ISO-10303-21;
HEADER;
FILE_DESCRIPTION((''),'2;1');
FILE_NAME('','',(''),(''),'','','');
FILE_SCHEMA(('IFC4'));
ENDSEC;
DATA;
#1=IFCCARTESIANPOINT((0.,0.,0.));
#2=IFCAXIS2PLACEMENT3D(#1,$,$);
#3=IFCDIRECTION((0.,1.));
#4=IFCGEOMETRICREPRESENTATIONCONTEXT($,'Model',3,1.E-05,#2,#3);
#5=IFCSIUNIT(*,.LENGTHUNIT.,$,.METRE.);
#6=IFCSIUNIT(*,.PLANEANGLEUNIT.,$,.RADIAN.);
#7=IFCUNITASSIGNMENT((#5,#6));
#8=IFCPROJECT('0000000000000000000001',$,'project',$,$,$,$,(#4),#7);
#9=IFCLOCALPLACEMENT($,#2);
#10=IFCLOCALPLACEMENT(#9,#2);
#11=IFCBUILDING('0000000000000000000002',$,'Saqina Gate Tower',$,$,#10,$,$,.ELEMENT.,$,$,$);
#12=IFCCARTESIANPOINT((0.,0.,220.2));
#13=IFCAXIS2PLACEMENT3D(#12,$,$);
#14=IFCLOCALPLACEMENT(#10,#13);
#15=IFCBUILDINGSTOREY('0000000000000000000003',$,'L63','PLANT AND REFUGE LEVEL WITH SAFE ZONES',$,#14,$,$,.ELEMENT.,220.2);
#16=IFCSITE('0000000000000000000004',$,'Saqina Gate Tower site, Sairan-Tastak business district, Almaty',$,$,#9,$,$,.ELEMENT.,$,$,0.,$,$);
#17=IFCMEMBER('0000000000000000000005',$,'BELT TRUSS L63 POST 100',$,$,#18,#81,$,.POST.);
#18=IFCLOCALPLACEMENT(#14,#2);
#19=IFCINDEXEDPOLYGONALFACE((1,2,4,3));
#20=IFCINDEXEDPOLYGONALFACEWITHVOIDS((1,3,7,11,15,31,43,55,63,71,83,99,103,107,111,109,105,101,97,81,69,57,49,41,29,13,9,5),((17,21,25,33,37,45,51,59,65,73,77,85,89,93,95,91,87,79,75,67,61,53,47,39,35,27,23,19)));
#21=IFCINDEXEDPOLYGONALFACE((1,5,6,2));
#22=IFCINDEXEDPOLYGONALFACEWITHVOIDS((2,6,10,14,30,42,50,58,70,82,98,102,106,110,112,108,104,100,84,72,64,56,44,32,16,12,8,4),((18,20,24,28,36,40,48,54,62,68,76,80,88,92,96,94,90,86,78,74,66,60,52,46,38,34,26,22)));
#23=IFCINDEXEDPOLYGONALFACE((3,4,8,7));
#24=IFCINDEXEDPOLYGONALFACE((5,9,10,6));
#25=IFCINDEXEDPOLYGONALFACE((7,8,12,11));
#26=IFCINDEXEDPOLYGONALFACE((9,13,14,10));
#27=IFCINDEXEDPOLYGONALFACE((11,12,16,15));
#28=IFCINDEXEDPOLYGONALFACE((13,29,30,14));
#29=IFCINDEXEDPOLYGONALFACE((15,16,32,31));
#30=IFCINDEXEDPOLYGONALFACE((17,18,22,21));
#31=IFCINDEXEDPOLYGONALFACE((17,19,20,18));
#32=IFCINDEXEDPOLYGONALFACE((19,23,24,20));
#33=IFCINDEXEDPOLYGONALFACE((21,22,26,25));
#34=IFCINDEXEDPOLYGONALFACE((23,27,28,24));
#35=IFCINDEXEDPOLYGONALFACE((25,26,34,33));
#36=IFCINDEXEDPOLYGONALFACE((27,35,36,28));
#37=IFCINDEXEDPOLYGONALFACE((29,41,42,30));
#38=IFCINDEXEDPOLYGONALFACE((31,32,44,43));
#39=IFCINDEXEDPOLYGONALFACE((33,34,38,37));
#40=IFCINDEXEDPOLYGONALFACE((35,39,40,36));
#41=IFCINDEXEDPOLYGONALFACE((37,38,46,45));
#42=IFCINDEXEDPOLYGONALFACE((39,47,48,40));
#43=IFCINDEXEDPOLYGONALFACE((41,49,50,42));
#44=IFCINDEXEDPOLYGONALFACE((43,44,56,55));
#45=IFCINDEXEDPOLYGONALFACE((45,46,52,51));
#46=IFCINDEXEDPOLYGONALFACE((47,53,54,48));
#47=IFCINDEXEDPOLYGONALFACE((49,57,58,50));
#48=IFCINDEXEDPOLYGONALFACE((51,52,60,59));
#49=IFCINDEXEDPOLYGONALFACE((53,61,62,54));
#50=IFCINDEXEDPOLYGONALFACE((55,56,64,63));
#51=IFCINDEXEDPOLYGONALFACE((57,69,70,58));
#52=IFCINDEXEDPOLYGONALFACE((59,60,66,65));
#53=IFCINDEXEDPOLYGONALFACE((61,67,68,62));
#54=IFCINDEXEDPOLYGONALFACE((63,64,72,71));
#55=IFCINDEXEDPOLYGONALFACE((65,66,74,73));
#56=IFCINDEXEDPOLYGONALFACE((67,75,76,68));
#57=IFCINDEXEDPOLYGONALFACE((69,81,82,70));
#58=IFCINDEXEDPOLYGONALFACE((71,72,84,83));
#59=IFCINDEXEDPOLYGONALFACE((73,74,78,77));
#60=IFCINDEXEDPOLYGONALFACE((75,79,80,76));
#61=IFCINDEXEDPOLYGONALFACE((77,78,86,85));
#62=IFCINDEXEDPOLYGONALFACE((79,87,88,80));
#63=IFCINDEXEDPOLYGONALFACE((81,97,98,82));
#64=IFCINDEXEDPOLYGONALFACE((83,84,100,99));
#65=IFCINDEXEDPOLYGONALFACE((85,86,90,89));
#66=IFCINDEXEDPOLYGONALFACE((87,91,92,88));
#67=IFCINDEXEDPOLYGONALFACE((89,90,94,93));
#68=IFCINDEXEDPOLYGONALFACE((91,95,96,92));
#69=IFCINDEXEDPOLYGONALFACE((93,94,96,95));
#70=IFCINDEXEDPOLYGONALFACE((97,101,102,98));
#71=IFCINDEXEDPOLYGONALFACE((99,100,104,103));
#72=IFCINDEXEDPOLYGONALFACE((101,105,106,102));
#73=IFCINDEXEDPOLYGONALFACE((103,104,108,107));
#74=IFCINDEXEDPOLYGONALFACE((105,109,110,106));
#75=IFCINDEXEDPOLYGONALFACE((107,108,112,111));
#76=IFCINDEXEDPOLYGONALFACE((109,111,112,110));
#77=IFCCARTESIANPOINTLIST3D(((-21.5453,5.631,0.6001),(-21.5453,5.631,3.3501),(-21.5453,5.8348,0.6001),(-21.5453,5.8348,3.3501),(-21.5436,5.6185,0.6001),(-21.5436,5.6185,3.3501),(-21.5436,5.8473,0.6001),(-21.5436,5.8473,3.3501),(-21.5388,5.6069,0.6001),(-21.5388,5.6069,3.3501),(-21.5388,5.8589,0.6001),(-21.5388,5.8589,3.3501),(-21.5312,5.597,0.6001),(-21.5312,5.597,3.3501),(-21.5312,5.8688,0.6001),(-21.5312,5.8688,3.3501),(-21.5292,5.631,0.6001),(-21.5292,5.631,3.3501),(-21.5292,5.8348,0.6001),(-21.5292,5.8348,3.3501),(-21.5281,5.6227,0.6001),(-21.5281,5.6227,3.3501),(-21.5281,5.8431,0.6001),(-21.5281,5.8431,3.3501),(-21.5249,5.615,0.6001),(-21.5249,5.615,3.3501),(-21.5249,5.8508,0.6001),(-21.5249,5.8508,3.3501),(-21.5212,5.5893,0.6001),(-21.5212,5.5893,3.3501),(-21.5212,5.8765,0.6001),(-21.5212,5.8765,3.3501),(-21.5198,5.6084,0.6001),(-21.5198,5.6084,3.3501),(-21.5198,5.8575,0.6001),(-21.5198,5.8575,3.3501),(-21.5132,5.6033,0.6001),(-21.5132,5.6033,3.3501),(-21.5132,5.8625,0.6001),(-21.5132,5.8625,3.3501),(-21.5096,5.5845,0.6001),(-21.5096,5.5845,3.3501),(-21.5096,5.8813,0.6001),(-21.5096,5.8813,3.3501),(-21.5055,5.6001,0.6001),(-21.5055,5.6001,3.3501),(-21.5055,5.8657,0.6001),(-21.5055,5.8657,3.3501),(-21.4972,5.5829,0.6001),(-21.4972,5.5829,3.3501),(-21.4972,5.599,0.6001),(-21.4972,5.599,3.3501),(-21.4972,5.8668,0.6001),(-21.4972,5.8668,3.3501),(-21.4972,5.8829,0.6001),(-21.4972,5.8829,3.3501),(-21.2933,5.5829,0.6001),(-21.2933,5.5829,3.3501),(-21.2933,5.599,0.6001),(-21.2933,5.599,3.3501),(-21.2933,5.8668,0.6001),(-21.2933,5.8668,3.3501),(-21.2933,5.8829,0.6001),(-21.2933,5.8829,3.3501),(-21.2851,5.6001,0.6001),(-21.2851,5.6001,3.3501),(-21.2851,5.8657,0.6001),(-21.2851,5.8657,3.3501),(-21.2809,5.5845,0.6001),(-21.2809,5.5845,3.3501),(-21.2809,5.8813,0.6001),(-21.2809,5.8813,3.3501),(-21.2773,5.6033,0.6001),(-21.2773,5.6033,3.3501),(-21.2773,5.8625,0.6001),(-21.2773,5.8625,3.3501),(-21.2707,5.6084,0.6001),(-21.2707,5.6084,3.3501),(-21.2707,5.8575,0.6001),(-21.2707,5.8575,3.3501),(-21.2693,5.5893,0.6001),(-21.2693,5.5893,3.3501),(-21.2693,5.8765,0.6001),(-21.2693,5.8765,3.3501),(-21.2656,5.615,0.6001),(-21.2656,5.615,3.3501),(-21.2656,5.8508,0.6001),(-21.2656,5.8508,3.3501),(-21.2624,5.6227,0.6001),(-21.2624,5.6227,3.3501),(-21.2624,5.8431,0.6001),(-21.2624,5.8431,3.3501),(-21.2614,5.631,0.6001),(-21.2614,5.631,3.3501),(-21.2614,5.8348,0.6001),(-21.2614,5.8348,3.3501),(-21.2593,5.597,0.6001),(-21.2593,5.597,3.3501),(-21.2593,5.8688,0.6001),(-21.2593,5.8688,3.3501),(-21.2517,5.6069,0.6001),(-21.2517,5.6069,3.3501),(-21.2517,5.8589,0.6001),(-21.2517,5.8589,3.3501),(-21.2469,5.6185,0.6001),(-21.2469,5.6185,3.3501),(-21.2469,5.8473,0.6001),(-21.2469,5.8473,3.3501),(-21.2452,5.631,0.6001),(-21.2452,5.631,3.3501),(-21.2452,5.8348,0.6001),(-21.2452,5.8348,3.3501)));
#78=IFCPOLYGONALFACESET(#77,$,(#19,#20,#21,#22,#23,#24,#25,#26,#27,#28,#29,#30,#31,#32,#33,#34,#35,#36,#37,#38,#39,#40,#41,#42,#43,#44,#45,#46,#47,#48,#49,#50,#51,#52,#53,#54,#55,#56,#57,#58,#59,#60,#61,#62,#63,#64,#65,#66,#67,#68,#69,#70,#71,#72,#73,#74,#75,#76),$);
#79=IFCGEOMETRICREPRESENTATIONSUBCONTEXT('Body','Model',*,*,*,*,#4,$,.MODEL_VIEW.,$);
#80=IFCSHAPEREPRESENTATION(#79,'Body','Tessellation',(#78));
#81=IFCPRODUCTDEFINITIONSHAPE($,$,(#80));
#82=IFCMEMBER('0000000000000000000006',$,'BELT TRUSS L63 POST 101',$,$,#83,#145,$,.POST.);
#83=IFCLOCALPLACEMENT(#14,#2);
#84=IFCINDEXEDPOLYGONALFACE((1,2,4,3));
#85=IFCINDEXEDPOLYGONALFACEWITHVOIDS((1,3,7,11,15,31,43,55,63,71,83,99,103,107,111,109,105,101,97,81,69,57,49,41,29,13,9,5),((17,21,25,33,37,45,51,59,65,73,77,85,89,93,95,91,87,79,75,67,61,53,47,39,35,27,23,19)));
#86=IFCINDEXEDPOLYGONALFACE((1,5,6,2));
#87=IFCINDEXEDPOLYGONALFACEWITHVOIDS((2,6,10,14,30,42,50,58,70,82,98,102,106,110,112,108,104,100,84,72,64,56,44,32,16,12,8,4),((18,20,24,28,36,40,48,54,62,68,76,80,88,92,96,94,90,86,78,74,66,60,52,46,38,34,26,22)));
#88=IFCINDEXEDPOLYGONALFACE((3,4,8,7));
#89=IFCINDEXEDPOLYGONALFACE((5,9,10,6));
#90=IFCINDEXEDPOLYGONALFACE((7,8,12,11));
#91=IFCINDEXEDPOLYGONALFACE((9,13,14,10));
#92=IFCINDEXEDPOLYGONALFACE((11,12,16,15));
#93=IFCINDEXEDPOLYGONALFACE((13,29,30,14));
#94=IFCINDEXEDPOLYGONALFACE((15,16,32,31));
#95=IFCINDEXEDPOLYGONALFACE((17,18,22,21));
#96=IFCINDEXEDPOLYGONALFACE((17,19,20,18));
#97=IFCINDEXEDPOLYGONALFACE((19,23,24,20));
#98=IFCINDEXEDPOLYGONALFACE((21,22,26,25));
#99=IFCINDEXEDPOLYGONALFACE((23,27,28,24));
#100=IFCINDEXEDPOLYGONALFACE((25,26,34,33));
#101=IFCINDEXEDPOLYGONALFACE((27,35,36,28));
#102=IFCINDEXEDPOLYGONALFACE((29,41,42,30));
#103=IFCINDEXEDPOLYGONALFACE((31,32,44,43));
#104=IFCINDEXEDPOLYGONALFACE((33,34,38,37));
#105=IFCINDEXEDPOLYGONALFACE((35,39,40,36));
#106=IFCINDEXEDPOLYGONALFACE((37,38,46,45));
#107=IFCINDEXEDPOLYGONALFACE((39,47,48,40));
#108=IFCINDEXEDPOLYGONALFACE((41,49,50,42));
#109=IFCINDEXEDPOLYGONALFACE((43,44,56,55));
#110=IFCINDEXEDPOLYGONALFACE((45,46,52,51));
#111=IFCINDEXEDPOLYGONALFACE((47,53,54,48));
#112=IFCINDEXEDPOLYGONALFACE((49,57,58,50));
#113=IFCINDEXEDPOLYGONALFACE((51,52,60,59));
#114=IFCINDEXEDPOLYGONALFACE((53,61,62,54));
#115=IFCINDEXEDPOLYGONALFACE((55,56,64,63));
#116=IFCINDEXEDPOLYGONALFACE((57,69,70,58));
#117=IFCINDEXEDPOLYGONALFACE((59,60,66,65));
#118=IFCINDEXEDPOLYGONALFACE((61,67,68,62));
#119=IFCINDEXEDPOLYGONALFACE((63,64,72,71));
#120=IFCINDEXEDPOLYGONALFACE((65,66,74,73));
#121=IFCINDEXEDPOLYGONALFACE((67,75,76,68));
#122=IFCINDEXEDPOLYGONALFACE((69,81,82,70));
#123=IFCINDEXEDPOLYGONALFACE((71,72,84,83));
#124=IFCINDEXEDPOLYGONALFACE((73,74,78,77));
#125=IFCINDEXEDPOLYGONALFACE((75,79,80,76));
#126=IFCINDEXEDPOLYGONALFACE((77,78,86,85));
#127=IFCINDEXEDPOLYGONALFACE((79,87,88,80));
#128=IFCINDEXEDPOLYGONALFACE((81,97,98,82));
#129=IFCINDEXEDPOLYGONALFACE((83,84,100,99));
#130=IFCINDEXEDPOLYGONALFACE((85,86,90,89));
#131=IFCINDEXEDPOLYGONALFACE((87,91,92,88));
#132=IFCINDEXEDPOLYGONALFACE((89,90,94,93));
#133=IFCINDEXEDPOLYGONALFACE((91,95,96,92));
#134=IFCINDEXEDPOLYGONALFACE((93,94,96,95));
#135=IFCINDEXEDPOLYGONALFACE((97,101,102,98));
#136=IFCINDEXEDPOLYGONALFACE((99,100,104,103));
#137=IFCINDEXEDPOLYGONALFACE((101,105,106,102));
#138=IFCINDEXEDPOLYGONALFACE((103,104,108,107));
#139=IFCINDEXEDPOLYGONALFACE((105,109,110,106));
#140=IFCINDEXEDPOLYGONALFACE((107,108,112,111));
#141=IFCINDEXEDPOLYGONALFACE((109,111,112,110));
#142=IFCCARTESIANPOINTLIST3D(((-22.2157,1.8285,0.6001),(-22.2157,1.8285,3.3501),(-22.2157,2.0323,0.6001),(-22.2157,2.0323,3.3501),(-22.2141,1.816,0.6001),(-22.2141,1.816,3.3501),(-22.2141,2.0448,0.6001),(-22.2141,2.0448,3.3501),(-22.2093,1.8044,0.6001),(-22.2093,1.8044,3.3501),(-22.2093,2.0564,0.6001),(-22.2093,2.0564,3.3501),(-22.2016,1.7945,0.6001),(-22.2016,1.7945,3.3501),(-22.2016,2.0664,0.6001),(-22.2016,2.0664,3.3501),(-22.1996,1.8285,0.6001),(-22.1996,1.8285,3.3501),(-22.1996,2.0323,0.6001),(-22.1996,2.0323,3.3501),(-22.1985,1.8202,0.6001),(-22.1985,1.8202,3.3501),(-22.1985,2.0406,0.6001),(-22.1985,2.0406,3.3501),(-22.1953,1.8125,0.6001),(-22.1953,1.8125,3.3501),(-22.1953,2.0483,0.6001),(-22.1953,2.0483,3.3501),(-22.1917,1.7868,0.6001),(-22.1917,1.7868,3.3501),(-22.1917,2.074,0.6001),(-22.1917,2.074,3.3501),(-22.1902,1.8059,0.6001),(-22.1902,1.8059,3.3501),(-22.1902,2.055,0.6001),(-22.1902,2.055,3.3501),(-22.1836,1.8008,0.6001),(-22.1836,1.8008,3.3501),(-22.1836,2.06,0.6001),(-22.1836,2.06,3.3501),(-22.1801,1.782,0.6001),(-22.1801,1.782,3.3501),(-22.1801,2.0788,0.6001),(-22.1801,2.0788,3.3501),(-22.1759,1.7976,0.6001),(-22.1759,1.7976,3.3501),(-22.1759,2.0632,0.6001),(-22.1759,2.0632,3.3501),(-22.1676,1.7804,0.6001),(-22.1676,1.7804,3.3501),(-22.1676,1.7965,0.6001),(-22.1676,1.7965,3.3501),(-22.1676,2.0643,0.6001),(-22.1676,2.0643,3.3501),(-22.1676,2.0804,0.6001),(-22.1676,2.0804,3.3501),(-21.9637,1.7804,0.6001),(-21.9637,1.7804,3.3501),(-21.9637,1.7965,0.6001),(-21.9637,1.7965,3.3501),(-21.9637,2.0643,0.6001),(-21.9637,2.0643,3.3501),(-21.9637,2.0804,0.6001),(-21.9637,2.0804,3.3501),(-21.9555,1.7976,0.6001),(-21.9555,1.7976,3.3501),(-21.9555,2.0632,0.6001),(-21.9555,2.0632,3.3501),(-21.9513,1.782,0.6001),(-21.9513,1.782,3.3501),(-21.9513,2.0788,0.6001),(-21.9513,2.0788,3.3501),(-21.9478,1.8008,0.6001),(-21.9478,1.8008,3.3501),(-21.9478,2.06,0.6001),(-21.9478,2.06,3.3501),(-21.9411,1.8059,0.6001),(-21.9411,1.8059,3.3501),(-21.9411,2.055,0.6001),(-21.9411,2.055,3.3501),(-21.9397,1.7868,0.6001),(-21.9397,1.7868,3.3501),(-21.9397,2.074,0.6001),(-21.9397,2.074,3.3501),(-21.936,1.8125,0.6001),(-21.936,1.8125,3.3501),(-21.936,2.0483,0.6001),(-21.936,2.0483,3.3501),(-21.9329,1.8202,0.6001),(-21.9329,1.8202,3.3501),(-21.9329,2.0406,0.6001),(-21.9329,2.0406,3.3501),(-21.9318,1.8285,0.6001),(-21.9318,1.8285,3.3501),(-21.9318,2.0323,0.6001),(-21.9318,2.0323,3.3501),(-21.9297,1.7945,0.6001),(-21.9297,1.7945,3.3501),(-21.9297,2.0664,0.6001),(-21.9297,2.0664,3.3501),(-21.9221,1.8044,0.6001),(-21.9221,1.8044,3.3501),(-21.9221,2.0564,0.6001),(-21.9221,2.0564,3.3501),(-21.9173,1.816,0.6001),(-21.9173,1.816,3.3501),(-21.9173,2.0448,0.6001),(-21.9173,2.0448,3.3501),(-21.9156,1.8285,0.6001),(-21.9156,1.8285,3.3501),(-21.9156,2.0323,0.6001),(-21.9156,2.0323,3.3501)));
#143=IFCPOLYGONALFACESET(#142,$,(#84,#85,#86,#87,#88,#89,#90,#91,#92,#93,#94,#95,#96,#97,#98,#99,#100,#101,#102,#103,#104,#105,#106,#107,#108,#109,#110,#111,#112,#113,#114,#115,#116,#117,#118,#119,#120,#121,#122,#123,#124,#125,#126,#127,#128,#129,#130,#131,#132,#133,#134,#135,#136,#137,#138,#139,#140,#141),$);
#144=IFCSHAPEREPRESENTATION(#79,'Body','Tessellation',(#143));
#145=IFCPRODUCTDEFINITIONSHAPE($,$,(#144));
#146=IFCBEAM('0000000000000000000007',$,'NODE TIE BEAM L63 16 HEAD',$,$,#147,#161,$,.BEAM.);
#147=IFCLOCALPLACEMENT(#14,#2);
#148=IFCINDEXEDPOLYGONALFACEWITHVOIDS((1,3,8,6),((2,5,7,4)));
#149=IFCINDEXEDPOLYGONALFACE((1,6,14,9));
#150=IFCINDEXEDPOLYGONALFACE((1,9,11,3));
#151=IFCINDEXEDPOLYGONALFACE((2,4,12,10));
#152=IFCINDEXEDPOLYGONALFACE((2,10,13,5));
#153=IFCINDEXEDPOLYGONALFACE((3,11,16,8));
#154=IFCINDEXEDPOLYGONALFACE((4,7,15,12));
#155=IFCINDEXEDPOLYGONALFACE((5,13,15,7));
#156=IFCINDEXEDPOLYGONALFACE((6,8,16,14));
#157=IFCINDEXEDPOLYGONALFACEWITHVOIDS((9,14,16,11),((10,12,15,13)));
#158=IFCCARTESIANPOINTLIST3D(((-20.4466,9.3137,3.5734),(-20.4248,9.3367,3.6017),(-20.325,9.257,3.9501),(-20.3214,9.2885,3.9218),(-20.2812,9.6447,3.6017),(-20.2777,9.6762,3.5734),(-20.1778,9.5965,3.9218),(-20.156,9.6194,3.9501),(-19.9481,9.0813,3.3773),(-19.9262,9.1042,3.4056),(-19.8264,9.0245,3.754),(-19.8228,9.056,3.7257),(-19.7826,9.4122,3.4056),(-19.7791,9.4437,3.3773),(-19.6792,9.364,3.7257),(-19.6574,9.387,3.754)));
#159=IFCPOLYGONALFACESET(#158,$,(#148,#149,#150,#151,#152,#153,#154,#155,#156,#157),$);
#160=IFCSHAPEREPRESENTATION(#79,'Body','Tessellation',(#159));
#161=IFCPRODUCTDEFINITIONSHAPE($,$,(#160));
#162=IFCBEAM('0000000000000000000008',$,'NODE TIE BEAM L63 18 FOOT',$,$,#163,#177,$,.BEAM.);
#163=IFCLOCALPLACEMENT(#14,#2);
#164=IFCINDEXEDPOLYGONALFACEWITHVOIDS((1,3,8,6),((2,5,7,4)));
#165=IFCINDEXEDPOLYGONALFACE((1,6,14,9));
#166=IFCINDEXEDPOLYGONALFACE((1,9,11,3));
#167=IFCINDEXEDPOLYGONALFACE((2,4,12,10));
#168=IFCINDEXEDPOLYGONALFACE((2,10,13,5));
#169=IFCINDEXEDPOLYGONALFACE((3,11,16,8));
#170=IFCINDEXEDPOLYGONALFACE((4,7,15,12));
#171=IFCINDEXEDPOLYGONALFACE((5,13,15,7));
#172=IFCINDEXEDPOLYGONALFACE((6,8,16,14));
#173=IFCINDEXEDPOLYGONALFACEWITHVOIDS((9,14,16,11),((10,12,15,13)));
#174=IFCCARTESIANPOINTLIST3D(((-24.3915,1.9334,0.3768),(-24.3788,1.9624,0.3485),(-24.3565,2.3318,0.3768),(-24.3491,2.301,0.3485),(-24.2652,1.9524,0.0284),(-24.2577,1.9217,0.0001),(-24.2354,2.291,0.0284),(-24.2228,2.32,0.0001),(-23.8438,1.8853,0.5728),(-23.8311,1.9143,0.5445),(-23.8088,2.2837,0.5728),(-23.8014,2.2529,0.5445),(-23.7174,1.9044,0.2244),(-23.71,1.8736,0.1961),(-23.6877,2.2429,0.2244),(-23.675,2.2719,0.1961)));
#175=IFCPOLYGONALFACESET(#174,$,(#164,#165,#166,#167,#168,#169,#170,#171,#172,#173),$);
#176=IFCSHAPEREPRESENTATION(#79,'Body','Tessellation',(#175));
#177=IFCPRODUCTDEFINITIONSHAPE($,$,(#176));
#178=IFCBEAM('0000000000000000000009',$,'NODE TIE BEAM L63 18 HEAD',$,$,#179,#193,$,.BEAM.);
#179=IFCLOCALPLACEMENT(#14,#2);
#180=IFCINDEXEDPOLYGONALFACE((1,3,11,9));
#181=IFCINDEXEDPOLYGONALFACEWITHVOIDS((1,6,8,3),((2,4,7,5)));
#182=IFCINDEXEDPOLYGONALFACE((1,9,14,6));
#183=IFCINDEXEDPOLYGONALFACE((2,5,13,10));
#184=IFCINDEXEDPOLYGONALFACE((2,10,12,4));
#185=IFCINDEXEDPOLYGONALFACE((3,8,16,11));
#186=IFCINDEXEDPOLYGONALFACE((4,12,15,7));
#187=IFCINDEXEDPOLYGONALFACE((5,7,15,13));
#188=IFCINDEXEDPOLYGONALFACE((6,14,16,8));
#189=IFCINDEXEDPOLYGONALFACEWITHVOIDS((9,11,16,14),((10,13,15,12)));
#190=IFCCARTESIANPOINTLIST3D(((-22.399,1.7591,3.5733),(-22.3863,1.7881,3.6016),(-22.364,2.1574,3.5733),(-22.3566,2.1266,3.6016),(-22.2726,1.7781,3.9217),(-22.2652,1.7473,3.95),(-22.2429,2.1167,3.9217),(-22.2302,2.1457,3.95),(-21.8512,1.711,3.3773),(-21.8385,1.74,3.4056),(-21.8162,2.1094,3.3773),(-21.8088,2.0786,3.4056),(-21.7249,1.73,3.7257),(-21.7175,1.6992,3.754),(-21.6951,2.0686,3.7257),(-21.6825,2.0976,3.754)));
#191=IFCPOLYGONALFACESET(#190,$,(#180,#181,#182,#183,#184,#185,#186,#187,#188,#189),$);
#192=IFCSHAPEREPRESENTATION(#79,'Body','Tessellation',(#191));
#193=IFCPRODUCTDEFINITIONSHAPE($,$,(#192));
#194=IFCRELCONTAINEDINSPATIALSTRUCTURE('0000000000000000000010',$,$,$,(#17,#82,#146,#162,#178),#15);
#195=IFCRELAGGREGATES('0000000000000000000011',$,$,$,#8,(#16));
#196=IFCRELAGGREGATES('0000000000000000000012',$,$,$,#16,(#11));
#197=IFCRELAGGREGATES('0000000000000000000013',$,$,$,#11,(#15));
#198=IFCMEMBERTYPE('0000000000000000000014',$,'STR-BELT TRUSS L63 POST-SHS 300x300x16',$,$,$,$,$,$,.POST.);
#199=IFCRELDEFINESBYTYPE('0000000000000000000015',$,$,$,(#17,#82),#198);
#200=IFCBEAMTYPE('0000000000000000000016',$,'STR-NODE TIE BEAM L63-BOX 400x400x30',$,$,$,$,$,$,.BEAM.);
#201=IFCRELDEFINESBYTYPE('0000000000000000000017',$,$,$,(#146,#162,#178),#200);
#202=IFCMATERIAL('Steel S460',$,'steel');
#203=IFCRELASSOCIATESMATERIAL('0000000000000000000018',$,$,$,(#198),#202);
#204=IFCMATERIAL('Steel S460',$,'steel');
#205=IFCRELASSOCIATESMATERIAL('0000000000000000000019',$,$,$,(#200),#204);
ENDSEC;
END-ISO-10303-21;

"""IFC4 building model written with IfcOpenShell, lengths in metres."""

from ifc_helpers import new_model, si_unit, direction, frame, origin, origin_2d, place, context, subcontext, project, spatial, hollow_rectangle, extrude, material, material_profile, profile_set, type_object, element, save


model = new_model("IFC4")

# Units and contexts
model_context = context("Model", 3, precision=1e-05, world=origin(), true_north=direction((0.0, 1.0)))
body_context = subcontext(model_context, "Body", "Model", "MODEL_VIEW")
ifc_project = project(units=[si_unit("LENGTHUNIT", "METRE"), si_unit("PLANEANGLEUNIT", "RADIAN")], contexts=[model_context])

# Site, building, storey
site_placement = place(None, origin())
site = spatial("IfcSite", under=ifc_project, at=site_placement, Name="Saqina Gate Tower site, Sairan-Tastak business district, Almaty", CompositionType="ELEMENT", RefElevation=0.0)
building_placement = place(site_placement, origin())
building = spatial("IfcBuilding", under=site, at=building_placement, Name="Saqina Gate Tower", CompositionType="ELEMENT")
storey_placement = place(building_placement, frame((0.0, 0.0, 220.2)))
storey = spatial("IfcBuildingStorey", under=building, at=storey_placement, Name="L63", Description="PLANT AND REFUGE LEVEL WITH SAFE ZONES", CompositionType="ELEMENT", Elevation=220.2)

# Members
ifc_material_1 = material(Name="Steel S460", Category="steel")
ifc_material_profile_1 = material_profile(ifc_material_1, hollow_rectangle(XDim=0.3, YDim=0.3, WallThickness=0.0161, InnerFilletRadius=0.032, OuterFilletRadius=0.0481, at=origin_2d()), Name="SHS 300x300x16")
ifc_profile_set_1 = profile_set([ifc_material_profile_1], Name="Steel S460")
member_type_1 = type_object("IfcMemberType", Name="STR-BELT TRUSS L63 POST-SHS 300x300x16", PredefinedType="POST", material=ifc_profile_set_1)
for number, where, z_axis, x_axis, name in (
    (1, (-21.3953, 5.7329, 0.6001), (0.0, 0.0, 1.0), (1.0, 0.0, 0.0), "BELT TRUSS L63 POST 100"),
    (2, (-22.0657, 1.9304, 0.6001), (0.0, 0.0, 1.0), (1.0, 0.0, 0.0), "BELT TRUSS L63 POST 101"),
):
    element("IfcMember", number, at=place(storey_placement, frame(where, z_axis=z_axis, x_axis=x_axis)), inside=storey, type_object=member_type_1, Name=name, PredefinedType="POST", context=body_context, shape_type="SweptSolid", body=[
        extrude(hollow_rectangle(XDim=0.3, YDim=0.3, WallThickness=0.0161, InnerFilletRadius=0.032, OuterFilletRadius=0.0481, at=origin_2d()), origin(), (0.0, 0.0, 1.0), 2.75),
    ])

# Beams
ifc_material_2 = material(Name="Steel S460", Category="steel")
ifc_material_profile_2 = material_profile(ifc_material_2, hollow_rectangle(XDim=0.3999, YDim=0.3999, WallThickness=0.03, at=origin_2d()), Name="BOX 400x400x30")
ifc_profile_set_2 = profile_set([ifc_material_profile_2], Name="Steel S460")
beam_type = type_object("IfcBeamType", Name="STR-NODE TIE BEAM L63-BOX 400x400x30", PredefinedType="BEAM", material=ifc_profile_set_2)
beam_placement = place(storey_placement, frame((-19.8027, 9.2341, 3.5657), z_axis=(-0.853738, 0.398021, 0.335725), x_axis=(-0.422545, -0.906342, 0.0)))
element("IfcBeam", 3, at=beam_placement, inside=storey, type_object=beam_type, Name="NODE TIE BEAM L63 16 HEAD", PredefinedType="BEAM", context=body_context, shape_type="SweptSolid", body=[
    extrude(hollow_rectangle(XDim=0.3999, YDim=0.3999, WallThickness=0.03, at=origin_2d()), origin(), (0.0, 0.0, 1.0), 0.584),
])
for number, where, z_axis, x_axis, name in (
    (4, (-24.3071, 2.1267, 0.1885), (0.938333, -0.082376, 0.335776), (0.087453, 0.996169, 0.0), "NODE TIE BEAM L63 18 FOOT"),
    (5, (-21.7668, 1.9043, 3.5657), (-0.938333, 0.082376, 0.335776), (-0.087453, -0.996169, 0.0), "NODE TIE BEAM L63 18 HEAD"),
):
    element("IfcBeam", number, at=place(storey_placement, frame(where, z_axis=z_axis, x_axis=x_axis)), inside=storey, type_object=beam_type, Name=name, PredefinedType="BEAM", context=body_context, shape_type="SweptSolid", body=[
        extrude(hollow_rectangle(XDim=0.3999, YDim=0.3999, WallThickness=0.03, at=origin_2d()), origin(), (0.0, 0.0, 1.0), 0.5837),
    ])

save(model, "model.ifc")
